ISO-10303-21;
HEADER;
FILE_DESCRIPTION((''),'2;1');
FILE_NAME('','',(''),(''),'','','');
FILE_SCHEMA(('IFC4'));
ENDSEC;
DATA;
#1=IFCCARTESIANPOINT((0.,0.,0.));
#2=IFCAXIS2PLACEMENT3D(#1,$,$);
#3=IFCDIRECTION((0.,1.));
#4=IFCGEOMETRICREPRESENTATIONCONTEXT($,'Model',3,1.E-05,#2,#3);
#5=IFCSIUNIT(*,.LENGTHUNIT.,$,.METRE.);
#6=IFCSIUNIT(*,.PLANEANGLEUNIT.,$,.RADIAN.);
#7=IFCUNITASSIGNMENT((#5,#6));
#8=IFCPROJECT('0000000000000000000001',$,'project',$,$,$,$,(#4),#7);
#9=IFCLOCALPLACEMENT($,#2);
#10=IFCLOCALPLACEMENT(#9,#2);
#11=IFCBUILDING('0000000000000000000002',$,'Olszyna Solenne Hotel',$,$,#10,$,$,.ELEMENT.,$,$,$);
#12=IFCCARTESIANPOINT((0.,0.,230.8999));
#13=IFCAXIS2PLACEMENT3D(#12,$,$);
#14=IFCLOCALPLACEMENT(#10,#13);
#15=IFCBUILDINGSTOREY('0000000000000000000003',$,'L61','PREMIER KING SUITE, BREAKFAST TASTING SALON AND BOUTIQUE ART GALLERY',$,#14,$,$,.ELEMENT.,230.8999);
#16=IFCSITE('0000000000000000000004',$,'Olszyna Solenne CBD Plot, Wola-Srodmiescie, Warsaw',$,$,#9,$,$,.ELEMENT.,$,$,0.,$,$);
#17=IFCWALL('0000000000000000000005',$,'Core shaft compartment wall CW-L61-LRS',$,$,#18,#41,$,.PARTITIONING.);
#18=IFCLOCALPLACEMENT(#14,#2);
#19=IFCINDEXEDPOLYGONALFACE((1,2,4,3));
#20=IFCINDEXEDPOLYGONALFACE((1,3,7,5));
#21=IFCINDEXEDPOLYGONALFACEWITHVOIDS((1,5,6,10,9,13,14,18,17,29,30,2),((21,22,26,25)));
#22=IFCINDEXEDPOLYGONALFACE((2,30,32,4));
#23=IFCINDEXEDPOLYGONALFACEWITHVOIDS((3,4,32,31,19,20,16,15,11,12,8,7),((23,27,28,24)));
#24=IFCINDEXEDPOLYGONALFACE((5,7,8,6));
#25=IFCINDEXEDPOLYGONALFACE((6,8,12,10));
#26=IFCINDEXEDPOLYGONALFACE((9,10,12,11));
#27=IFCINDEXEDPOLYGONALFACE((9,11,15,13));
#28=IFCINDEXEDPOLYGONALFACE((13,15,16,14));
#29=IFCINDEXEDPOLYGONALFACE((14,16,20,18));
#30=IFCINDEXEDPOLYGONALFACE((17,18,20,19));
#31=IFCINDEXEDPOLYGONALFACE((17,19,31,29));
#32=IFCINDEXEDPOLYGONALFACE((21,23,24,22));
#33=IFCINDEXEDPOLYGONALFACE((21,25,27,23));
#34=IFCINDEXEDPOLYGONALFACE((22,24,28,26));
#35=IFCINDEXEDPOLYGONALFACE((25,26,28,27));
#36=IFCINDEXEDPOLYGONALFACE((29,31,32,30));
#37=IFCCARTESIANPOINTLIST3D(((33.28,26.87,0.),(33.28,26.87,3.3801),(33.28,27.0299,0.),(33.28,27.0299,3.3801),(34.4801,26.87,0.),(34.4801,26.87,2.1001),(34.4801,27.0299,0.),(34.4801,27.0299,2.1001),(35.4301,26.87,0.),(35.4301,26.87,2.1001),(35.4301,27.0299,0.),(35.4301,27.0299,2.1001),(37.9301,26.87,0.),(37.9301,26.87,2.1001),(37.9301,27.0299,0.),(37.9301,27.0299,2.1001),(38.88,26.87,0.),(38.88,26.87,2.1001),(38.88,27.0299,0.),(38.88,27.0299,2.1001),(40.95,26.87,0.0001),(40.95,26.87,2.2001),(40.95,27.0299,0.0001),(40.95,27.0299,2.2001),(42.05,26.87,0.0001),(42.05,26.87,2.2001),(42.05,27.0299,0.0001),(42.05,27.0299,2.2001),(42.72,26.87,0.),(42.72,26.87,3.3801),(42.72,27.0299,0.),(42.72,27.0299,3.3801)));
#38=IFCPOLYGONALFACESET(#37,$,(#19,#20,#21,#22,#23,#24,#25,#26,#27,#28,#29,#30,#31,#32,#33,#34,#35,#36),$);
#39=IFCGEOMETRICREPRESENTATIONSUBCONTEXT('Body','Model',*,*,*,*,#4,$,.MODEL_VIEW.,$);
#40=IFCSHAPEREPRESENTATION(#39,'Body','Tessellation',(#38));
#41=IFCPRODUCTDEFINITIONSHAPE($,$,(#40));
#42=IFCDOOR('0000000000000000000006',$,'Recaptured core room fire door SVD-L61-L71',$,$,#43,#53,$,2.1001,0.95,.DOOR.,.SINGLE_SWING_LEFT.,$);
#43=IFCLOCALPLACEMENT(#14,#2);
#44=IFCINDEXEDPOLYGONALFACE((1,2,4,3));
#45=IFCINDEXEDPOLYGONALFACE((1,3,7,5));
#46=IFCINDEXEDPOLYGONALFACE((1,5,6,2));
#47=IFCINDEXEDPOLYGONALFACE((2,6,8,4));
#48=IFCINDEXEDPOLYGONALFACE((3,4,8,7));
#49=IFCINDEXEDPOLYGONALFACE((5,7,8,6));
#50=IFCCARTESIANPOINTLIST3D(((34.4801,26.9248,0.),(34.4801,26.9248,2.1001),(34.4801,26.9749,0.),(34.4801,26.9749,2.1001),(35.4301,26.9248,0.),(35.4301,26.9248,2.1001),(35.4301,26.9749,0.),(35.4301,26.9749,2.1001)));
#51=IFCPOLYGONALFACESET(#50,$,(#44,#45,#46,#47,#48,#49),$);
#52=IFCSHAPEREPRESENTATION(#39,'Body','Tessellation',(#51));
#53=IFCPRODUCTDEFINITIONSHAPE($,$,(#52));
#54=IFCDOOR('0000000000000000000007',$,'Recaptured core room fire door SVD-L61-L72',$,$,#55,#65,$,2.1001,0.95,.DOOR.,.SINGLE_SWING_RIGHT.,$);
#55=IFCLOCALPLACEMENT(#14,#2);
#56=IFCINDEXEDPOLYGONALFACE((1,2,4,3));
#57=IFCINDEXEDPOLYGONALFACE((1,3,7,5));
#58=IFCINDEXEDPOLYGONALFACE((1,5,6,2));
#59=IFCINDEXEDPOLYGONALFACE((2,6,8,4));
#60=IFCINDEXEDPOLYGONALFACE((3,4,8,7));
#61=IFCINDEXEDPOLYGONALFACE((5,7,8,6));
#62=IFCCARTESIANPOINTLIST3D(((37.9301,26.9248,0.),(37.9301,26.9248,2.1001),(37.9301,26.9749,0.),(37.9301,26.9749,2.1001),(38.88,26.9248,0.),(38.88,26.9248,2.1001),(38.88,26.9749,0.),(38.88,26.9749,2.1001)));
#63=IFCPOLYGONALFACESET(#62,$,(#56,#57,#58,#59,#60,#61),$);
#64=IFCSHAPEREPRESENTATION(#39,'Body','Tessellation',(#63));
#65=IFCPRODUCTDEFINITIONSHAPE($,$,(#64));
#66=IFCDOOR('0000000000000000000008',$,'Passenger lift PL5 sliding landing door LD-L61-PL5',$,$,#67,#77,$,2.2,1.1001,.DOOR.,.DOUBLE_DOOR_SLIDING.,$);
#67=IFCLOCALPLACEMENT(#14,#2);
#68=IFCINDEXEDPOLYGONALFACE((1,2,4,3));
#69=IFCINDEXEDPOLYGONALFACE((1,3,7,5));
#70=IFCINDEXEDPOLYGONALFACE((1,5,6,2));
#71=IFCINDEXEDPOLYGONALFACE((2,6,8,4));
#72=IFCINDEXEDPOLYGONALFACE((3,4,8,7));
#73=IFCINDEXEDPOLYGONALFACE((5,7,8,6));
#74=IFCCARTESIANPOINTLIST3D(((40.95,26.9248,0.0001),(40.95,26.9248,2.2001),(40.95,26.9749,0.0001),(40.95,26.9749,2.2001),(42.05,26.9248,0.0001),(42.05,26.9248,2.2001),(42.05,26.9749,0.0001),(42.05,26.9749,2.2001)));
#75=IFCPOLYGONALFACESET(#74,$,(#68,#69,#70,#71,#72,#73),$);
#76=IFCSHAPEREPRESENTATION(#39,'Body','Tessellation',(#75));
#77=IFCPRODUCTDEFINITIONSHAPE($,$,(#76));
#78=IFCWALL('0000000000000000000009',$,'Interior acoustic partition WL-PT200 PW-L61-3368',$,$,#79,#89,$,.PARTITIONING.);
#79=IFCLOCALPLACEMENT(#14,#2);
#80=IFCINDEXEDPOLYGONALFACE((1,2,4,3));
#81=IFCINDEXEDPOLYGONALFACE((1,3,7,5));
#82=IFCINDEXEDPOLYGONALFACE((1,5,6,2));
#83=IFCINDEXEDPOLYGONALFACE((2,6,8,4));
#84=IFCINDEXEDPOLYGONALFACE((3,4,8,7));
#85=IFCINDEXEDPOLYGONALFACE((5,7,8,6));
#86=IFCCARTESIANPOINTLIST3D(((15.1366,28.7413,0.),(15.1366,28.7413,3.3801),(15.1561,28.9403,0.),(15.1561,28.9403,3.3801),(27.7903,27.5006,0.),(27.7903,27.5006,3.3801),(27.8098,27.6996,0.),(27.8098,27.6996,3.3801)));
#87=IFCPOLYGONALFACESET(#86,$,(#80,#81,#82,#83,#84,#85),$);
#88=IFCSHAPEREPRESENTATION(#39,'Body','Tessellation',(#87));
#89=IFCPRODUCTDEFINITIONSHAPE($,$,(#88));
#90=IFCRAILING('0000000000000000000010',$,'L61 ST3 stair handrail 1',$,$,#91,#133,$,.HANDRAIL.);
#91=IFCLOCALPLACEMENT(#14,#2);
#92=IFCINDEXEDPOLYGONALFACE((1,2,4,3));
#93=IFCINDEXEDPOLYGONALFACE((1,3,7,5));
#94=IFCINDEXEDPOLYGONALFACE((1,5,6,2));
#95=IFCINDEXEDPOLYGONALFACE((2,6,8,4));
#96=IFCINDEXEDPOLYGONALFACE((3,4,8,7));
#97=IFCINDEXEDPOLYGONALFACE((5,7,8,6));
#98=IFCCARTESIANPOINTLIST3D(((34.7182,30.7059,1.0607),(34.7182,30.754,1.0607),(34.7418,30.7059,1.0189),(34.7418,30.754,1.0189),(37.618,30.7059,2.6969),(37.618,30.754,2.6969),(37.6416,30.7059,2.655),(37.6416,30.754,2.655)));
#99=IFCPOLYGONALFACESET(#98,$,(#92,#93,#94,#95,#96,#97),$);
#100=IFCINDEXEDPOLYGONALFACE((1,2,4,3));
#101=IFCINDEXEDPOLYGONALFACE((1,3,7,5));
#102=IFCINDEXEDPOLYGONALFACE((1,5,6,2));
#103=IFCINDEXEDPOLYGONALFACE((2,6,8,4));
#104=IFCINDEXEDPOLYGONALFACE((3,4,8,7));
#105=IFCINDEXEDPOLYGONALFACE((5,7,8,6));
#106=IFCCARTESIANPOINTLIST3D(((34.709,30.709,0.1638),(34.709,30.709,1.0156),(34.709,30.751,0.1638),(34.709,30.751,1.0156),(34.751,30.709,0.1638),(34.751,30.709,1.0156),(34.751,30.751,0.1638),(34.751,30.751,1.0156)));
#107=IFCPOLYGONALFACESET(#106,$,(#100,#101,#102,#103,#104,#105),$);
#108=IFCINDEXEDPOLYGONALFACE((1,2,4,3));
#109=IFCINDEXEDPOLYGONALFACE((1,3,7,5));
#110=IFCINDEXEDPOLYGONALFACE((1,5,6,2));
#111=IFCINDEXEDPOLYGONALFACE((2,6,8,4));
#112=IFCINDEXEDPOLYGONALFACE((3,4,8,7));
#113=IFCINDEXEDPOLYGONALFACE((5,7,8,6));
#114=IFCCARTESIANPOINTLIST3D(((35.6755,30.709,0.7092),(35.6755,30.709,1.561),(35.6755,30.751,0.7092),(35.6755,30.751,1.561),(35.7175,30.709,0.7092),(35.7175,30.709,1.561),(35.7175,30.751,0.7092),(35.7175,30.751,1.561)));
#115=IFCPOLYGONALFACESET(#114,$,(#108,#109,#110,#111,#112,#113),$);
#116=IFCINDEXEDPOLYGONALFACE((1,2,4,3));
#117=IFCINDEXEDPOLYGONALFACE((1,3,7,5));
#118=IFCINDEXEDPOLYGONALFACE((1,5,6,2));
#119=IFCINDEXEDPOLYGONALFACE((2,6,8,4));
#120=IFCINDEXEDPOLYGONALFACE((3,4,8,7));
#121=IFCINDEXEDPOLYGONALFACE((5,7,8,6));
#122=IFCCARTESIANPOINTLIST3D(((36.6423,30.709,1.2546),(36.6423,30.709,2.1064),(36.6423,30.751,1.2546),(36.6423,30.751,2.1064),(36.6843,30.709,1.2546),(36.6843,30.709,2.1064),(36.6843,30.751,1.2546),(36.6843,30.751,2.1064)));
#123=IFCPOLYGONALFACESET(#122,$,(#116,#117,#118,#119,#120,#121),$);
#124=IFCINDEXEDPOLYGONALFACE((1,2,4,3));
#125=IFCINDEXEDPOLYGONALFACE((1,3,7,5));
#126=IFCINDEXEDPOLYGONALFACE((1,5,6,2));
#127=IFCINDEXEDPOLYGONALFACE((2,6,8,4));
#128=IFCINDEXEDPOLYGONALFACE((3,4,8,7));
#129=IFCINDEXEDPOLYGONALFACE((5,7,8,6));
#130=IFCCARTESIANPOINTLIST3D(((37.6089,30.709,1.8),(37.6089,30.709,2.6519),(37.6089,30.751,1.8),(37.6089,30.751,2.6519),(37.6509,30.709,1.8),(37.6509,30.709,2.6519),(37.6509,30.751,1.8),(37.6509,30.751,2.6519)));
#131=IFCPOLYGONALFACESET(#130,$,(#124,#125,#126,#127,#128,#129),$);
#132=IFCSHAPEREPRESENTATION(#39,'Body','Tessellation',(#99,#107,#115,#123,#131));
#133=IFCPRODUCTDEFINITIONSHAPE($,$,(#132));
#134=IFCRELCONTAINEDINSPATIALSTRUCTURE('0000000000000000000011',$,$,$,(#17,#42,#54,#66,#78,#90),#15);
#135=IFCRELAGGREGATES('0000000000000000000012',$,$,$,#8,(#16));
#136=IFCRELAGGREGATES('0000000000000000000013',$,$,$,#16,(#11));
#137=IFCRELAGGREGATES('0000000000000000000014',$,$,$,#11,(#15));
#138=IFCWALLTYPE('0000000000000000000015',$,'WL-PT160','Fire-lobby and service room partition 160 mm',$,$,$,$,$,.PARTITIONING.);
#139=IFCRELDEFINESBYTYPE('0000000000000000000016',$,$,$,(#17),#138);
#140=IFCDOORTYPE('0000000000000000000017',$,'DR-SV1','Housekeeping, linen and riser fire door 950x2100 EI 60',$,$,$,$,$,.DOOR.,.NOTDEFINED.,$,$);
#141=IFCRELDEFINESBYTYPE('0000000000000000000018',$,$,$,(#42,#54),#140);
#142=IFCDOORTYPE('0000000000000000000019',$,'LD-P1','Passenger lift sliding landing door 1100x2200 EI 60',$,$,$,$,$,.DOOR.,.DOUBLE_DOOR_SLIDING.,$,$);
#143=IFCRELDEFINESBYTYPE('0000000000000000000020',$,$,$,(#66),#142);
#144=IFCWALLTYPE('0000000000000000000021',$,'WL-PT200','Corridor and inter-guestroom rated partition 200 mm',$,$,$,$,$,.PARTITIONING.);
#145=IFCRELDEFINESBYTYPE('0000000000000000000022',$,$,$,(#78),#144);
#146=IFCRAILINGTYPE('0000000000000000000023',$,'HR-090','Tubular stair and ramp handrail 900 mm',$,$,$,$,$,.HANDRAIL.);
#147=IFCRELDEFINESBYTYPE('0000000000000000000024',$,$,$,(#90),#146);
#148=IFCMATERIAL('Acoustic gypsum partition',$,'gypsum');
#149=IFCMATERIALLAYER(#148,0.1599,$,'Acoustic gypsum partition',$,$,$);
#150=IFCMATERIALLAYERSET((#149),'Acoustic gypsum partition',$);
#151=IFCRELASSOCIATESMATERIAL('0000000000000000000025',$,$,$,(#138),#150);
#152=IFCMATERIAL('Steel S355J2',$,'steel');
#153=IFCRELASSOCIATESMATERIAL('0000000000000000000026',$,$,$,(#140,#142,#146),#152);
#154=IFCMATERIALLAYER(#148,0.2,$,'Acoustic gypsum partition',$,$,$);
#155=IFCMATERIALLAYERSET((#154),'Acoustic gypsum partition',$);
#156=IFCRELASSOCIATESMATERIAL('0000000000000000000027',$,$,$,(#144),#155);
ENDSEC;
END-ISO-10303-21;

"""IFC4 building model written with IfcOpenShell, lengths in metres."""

from ifc_helpers import new_model, si_unit, direction, frame, frame_2d, origin, origin_2d, place, context, subcontext, project, spatial, rectangle, extrude, source, transform, mapped, material, layer, layer_set, type_object, type_shapes, element, fill, save


model = new_model("IFC4")

# Units and contexts
model_context = context("Model", 3, precision=1e-05, world=origin(), true_north=direction((0.0, 1.0)))
body_context = subcontext(model_context, "Body", "Model", "MODEL_VIEW")
ifc_project = project(units=[si_unit("LENGTHUNIT", "METRE"), si_unit("PLANEANGLEUNIT", "RADIAN")], contexts=[model_context])

# Site, building, storey
site_placement = place(None, origin())
site = spatial("IfcSite", under=ifc_project, at=site_placement, Name="Olszyna Solenne CBD Plot, Wola-Srodmiescie, Warsaw", CompositionType="ELEMENT", RefElevation=0.0)
building_placement = place(site_placement, origin())
building = spatial("IfcBuilding", under=site, at=building_placement, Name="Olszyna Solenne Hotel", CompositionType="ELEMENT")
storey_placement = place(building_placement, frame((0.0, 0.0, 230.8999)))
storey = spatial("IfcBuildingStorey", under=building, at=storey_placement, Name="L61", Description="PREMIER KING SUITE, BREAKFAST TASTING SALON AND BOUTIQUE ART GALLERY", CompositionType="ELEMENT", Elevation=230.8999)

# Shared definitions
ifc_material_1 = material(Name="Steel S355J2", Category="steel")

# Shared definitions
ifc_material_2 = material(Name="Acoustic gypsum partition", Category="gypsum")
ifc_layer_1 = layer(ifc_material_2, 0.1599, Name="Acoustic gypsum partition")
ifc_layer_set_1 = layer_set([ifc_layer_1], Name="Acoustic gypsum partition")
wall_type_1 = type_object("IfcWallType", Name="WL-PT160", Description="Fire-lobby and service room partition 160 mm", PredefinedType="PARTITIONING", material=ifc_layer_set_1)

# Wall, openings, doors
wall_1_placement = place(storey_placement, frame((33.28, 26.95, 0.0), z_axis=(0.0, 0.0, 1.0), x_axis=(1.0, 0.0, 0.0)))
wall_1 = element("IfcWall", 1, at=wall_1_placement, inside=storey, type_object=wall_type_1, Name="Core shaft compartment wall CW-L61-LRS", PredefinedType="PARTITIONING", context=body_context, shape_type="SweptSolid", body=[
    extrude(rectangle(XDim=9.4399, YDim=0.1599, at=frame_2d((4.72, 0.0))), origin(), (0.0, 0.0, 1.0), 3.3801),
])
opening_1_placement = place(wall_1_placement, frame((1.2, 0.0, 0.0)))
opening_1 = element("IfcOpeningElement", 2, at=opening_1_placement, cuts=wall_1, PredefinedType="OPENING", context=body_context, shape_type="SweptSolid", body=[
    extrude(rectangle(XDim=0.95, YDim=2.1001, at=frame_2d((0.4751, 1.05))), frame((0.0, 0.0898, 0.0), z_axis=(0.0, -1.0, 0.0), x_axis=(1.0, 0.0, 0.0)), (0.0, 0.0, 1.0), 0.1799),
])
opening_2_placement = place(wall_1_placement, frame((4.6499, 0.0, 0.0)))
opening_2 = element("IfcOpeningElement", 3, at=opening_2_placement, cuts=wall_1, PredefinedType="OPENING", context=body_context, shape_type="SweptSolid", body=[
    extrude(rectangle(XDim=0.95, YDim=2.1001, at=frame_2d((0.4751, 1.05))), frame((0.0, 0.0898, 0.0), z_axis=(0.0, -1.0, 0.0), x_axis=(1.0, 0.0, 0.0)), (0.0, 0.0, 1.0), 0.1799),
])
opening_3_placement = place(wall_1_placement, frame((7.6699, 0.0, 0.0)))
opening_3 = element("IfcOpeningElement", 4, at=opening_3_placement, cuts=wall_1, PredefinedType="OPENING", context=body_context, shape_type="SweptSolid", body=[
    extrude(rectangle(XDim=1.1001, YDim=2.2, at=frame_2d((0.55, 1.1001))), frame((0.0, 0.0898, 0.0), z_axis=(0.0, -1.0, 0.0), x_axis=(1.0, 0.0, 0.0)), (0.0, 0.0, 1.0), 0.1799),
])
door_type_1 = type_object("IfcDoorType", Name="DR-SV1", Description="Housekeeping, linen and riser fire door 950x2100 EI 60", OperationType="NOTDEFINED", PredefinedType="DOOR", material=ifc_material_1)
shared_shape_1 = source(origin(), body_context, "Body", "SweptSolid", [
    extrude(rectangle(XDim=0.95, YDim=2.1001, at=frame_2d((0.4751, 1.05))), frame((0.0, 0.0249, 0.0), z_axis=(0.0, -1.0, 0.0), x_axis=(1.0, 0.0, 0.0)), (0.0, 0.0, 1.0), 0.05),
])
type_shapes(door_type_1, [shared_shape_1])
door_1_placement = place(opening_1_placement, origin())
door_1 = element("IfcDoor", 5, at=door_1_placement, inside=storey, type_object=door_type_1, Name="Recaptured core room fire door SVD-L61-L71", OperationType="SINGLE_SWING_LEFT", OverallHeight=2.1001, OverallWidth=0.95, PredefinedType="DOOR", context=body_context, shape_type="MappedRepresentation", body=[
    mapped(shared_shape_1, transform((0.0, 0.0, 0.0), x_axis=(1.0, 0.0, 0.0), y_axis=(0.0, 1.0, 0.0), z_axis=(0.0, 0.0, 1.0), scale=1.0)),
])
fill(opening_1, door_1)
door_2_placement = place(opening_2_placement, origin())
door_2 = element("IfcDoor", 6, at=door_2_placement, inside=storey, type_object=door_type_1, Name="Recaptured core room fire door SVD-L61-L72", OperationType="SINGLE_SWING_RIGHT", OverallHeight=2.1001, OverallWidth=0.95, PredefinedType="DOOR", context=body_context, shape_type="MappedRepresentation", body=[
    mapped(shared_shape_1, transform((0.0, 0.0, 0.0), x_axis=(1.0, 0.0, 0.0), y_axis=(0.0, 1.0, 0.0), z_axis=(0.0, 0.0, 1.0), scale=1.0)),
])
fill(opening_2, door_2)
door_type_2 = type_object("IfcDoorType", Name="LD-P1", Description="Passenger lift sliding landing door 1100x2200 EI 60", OperationType="DOUBLE_DOOR_SLIDING", PredefinedType="DOOR", material=ifc_material_1)
shared_shape_2 = source(origin(), body_context, "Body", "SweptSolid", [
    extrude(rectangle(XDim=1.1001, YDim=2.2, at=frame_2d((0.55, 1.1001))), frame((0.0, 0.0249, 0.0), z_axis=(0.0, -1.0, 0.0), x_axis=(1.0, 0.0, 0.0)), (0.0, 0.0, 1.0), 0.05),
])
type_shapes(door_type_2, [shared_shape_2])
door_3_placement = place(opening_3_placement, origin())
door_3 = element("IfcDoor", 7, at=door_3_placement, inside=storey, type_object=door_type_2, Name="Passenger lift PL5 sliding landing door LD-L61-PL5", OperationType="DOUBLE_DOOR_SLIDING", OverallHeight=2.2, OverallWidth=1.1001, PredefinedType="DOOR", context=body_context, shape_type="MappedRepresentation", body=[
    mapped(shared_shape_2, transform((0.0, 0.0, 0.0), x_axis=(1.0, 0.0, 0.0), y_axis=(0.0, 1.0, 0.0), z_axis=(0.0, 0.0, 1.0), scale=1.0)),
])
fill(opening_3, door_3)

# Wall
ifc_layer_2 = layer(ifc_material_2, 0.2, Name="Acoustic gypsum partition")
ifc_layer_set_2 = layer_set([ifc_layer_2], Name="Acoustic gypsum partition")
wall_type_2 = type_object("IfcWallType", Name="WL-PT200", Description="Corridor and inter-guestroom rated partition 200 mm", PredefinedType="PARTITIONING", material=ifc_layer_set_2)
wall_2_placement = place(storey_placement, frame((27.8, 27.6001, 0.0), z_axis=(0.0, 0.0, 1.0), x_axis=(-0.995227, 0.097585, 0.0)))
element("IfcWall", 8, at=wall_2_placement, inside=storey, type_object=wall_type_2, Name="Interior acoustic partition WL-PT200 PW-L61-3368", PredefinedType="PARTITIONING", context=body_context, shape_type="SweptSolid", body=[
    extrude(rectangle(XDim=12.7144, YDim=0.2, at=frame_2d((6.3572, 0.0))), origin(), (0.0, 0.0, 1.0), 3.3801),
])

# Railing
railing_type = type_object("IfcRailingType", Name="HR-090", Description="Tubular stair and ramp handrail 900 mm", PredefinedType="HANDRAIL", material=ifc_material_1)
railing_placement = place(storey_placement, frame((34.73, 30.73, 0.1638)))
element("IfcRailing", 9, at=railing_placement, inside=storey, type_object=railing_type, Name="L61 ST3 stair handrail 1", PredefinedType="HANDRAIL", context=body_context, shape_type="SweptSolid", body=[
    extrude(rectangle(XDim=0.0481, YDim=0.0481, at=origin_2d()), frame((0.0, 0.0, 0.876), z_axis=(0.870929, 0.0, 0.49141), x_axis=(0.0, 1.0, 0.0)), (0.0, 0.0, 1.0), 3.3296),
    extrude(rectangle(XDim=0.042, YDim=0.042, at=origin_2d()), origin(), (0.0, 0.0, 1.0), 0.8518),
    extrude(rectangle(XDim=0.042, YDim=0.042, at=origin_2d()), frame((0.9666, 0.0, 0.5454)), (0.0, 0.0, 1.0), 0.8518),
    extrude(rectangle(XDim=0.042, YDim=0.042, at=origin_2d()), frame((1.9333, 0.0, 1.0908)), (0.0, 0.0, 1.0), 0.8518),
    extrude(rectangle(XDim=0.042, YDim=0.042, at=origin_2d()), frame((2.8999, 0.0, 1.6362)), (0.0, 0.0, 1.0), 0.8518),
])

save(model, "model.ifc")
